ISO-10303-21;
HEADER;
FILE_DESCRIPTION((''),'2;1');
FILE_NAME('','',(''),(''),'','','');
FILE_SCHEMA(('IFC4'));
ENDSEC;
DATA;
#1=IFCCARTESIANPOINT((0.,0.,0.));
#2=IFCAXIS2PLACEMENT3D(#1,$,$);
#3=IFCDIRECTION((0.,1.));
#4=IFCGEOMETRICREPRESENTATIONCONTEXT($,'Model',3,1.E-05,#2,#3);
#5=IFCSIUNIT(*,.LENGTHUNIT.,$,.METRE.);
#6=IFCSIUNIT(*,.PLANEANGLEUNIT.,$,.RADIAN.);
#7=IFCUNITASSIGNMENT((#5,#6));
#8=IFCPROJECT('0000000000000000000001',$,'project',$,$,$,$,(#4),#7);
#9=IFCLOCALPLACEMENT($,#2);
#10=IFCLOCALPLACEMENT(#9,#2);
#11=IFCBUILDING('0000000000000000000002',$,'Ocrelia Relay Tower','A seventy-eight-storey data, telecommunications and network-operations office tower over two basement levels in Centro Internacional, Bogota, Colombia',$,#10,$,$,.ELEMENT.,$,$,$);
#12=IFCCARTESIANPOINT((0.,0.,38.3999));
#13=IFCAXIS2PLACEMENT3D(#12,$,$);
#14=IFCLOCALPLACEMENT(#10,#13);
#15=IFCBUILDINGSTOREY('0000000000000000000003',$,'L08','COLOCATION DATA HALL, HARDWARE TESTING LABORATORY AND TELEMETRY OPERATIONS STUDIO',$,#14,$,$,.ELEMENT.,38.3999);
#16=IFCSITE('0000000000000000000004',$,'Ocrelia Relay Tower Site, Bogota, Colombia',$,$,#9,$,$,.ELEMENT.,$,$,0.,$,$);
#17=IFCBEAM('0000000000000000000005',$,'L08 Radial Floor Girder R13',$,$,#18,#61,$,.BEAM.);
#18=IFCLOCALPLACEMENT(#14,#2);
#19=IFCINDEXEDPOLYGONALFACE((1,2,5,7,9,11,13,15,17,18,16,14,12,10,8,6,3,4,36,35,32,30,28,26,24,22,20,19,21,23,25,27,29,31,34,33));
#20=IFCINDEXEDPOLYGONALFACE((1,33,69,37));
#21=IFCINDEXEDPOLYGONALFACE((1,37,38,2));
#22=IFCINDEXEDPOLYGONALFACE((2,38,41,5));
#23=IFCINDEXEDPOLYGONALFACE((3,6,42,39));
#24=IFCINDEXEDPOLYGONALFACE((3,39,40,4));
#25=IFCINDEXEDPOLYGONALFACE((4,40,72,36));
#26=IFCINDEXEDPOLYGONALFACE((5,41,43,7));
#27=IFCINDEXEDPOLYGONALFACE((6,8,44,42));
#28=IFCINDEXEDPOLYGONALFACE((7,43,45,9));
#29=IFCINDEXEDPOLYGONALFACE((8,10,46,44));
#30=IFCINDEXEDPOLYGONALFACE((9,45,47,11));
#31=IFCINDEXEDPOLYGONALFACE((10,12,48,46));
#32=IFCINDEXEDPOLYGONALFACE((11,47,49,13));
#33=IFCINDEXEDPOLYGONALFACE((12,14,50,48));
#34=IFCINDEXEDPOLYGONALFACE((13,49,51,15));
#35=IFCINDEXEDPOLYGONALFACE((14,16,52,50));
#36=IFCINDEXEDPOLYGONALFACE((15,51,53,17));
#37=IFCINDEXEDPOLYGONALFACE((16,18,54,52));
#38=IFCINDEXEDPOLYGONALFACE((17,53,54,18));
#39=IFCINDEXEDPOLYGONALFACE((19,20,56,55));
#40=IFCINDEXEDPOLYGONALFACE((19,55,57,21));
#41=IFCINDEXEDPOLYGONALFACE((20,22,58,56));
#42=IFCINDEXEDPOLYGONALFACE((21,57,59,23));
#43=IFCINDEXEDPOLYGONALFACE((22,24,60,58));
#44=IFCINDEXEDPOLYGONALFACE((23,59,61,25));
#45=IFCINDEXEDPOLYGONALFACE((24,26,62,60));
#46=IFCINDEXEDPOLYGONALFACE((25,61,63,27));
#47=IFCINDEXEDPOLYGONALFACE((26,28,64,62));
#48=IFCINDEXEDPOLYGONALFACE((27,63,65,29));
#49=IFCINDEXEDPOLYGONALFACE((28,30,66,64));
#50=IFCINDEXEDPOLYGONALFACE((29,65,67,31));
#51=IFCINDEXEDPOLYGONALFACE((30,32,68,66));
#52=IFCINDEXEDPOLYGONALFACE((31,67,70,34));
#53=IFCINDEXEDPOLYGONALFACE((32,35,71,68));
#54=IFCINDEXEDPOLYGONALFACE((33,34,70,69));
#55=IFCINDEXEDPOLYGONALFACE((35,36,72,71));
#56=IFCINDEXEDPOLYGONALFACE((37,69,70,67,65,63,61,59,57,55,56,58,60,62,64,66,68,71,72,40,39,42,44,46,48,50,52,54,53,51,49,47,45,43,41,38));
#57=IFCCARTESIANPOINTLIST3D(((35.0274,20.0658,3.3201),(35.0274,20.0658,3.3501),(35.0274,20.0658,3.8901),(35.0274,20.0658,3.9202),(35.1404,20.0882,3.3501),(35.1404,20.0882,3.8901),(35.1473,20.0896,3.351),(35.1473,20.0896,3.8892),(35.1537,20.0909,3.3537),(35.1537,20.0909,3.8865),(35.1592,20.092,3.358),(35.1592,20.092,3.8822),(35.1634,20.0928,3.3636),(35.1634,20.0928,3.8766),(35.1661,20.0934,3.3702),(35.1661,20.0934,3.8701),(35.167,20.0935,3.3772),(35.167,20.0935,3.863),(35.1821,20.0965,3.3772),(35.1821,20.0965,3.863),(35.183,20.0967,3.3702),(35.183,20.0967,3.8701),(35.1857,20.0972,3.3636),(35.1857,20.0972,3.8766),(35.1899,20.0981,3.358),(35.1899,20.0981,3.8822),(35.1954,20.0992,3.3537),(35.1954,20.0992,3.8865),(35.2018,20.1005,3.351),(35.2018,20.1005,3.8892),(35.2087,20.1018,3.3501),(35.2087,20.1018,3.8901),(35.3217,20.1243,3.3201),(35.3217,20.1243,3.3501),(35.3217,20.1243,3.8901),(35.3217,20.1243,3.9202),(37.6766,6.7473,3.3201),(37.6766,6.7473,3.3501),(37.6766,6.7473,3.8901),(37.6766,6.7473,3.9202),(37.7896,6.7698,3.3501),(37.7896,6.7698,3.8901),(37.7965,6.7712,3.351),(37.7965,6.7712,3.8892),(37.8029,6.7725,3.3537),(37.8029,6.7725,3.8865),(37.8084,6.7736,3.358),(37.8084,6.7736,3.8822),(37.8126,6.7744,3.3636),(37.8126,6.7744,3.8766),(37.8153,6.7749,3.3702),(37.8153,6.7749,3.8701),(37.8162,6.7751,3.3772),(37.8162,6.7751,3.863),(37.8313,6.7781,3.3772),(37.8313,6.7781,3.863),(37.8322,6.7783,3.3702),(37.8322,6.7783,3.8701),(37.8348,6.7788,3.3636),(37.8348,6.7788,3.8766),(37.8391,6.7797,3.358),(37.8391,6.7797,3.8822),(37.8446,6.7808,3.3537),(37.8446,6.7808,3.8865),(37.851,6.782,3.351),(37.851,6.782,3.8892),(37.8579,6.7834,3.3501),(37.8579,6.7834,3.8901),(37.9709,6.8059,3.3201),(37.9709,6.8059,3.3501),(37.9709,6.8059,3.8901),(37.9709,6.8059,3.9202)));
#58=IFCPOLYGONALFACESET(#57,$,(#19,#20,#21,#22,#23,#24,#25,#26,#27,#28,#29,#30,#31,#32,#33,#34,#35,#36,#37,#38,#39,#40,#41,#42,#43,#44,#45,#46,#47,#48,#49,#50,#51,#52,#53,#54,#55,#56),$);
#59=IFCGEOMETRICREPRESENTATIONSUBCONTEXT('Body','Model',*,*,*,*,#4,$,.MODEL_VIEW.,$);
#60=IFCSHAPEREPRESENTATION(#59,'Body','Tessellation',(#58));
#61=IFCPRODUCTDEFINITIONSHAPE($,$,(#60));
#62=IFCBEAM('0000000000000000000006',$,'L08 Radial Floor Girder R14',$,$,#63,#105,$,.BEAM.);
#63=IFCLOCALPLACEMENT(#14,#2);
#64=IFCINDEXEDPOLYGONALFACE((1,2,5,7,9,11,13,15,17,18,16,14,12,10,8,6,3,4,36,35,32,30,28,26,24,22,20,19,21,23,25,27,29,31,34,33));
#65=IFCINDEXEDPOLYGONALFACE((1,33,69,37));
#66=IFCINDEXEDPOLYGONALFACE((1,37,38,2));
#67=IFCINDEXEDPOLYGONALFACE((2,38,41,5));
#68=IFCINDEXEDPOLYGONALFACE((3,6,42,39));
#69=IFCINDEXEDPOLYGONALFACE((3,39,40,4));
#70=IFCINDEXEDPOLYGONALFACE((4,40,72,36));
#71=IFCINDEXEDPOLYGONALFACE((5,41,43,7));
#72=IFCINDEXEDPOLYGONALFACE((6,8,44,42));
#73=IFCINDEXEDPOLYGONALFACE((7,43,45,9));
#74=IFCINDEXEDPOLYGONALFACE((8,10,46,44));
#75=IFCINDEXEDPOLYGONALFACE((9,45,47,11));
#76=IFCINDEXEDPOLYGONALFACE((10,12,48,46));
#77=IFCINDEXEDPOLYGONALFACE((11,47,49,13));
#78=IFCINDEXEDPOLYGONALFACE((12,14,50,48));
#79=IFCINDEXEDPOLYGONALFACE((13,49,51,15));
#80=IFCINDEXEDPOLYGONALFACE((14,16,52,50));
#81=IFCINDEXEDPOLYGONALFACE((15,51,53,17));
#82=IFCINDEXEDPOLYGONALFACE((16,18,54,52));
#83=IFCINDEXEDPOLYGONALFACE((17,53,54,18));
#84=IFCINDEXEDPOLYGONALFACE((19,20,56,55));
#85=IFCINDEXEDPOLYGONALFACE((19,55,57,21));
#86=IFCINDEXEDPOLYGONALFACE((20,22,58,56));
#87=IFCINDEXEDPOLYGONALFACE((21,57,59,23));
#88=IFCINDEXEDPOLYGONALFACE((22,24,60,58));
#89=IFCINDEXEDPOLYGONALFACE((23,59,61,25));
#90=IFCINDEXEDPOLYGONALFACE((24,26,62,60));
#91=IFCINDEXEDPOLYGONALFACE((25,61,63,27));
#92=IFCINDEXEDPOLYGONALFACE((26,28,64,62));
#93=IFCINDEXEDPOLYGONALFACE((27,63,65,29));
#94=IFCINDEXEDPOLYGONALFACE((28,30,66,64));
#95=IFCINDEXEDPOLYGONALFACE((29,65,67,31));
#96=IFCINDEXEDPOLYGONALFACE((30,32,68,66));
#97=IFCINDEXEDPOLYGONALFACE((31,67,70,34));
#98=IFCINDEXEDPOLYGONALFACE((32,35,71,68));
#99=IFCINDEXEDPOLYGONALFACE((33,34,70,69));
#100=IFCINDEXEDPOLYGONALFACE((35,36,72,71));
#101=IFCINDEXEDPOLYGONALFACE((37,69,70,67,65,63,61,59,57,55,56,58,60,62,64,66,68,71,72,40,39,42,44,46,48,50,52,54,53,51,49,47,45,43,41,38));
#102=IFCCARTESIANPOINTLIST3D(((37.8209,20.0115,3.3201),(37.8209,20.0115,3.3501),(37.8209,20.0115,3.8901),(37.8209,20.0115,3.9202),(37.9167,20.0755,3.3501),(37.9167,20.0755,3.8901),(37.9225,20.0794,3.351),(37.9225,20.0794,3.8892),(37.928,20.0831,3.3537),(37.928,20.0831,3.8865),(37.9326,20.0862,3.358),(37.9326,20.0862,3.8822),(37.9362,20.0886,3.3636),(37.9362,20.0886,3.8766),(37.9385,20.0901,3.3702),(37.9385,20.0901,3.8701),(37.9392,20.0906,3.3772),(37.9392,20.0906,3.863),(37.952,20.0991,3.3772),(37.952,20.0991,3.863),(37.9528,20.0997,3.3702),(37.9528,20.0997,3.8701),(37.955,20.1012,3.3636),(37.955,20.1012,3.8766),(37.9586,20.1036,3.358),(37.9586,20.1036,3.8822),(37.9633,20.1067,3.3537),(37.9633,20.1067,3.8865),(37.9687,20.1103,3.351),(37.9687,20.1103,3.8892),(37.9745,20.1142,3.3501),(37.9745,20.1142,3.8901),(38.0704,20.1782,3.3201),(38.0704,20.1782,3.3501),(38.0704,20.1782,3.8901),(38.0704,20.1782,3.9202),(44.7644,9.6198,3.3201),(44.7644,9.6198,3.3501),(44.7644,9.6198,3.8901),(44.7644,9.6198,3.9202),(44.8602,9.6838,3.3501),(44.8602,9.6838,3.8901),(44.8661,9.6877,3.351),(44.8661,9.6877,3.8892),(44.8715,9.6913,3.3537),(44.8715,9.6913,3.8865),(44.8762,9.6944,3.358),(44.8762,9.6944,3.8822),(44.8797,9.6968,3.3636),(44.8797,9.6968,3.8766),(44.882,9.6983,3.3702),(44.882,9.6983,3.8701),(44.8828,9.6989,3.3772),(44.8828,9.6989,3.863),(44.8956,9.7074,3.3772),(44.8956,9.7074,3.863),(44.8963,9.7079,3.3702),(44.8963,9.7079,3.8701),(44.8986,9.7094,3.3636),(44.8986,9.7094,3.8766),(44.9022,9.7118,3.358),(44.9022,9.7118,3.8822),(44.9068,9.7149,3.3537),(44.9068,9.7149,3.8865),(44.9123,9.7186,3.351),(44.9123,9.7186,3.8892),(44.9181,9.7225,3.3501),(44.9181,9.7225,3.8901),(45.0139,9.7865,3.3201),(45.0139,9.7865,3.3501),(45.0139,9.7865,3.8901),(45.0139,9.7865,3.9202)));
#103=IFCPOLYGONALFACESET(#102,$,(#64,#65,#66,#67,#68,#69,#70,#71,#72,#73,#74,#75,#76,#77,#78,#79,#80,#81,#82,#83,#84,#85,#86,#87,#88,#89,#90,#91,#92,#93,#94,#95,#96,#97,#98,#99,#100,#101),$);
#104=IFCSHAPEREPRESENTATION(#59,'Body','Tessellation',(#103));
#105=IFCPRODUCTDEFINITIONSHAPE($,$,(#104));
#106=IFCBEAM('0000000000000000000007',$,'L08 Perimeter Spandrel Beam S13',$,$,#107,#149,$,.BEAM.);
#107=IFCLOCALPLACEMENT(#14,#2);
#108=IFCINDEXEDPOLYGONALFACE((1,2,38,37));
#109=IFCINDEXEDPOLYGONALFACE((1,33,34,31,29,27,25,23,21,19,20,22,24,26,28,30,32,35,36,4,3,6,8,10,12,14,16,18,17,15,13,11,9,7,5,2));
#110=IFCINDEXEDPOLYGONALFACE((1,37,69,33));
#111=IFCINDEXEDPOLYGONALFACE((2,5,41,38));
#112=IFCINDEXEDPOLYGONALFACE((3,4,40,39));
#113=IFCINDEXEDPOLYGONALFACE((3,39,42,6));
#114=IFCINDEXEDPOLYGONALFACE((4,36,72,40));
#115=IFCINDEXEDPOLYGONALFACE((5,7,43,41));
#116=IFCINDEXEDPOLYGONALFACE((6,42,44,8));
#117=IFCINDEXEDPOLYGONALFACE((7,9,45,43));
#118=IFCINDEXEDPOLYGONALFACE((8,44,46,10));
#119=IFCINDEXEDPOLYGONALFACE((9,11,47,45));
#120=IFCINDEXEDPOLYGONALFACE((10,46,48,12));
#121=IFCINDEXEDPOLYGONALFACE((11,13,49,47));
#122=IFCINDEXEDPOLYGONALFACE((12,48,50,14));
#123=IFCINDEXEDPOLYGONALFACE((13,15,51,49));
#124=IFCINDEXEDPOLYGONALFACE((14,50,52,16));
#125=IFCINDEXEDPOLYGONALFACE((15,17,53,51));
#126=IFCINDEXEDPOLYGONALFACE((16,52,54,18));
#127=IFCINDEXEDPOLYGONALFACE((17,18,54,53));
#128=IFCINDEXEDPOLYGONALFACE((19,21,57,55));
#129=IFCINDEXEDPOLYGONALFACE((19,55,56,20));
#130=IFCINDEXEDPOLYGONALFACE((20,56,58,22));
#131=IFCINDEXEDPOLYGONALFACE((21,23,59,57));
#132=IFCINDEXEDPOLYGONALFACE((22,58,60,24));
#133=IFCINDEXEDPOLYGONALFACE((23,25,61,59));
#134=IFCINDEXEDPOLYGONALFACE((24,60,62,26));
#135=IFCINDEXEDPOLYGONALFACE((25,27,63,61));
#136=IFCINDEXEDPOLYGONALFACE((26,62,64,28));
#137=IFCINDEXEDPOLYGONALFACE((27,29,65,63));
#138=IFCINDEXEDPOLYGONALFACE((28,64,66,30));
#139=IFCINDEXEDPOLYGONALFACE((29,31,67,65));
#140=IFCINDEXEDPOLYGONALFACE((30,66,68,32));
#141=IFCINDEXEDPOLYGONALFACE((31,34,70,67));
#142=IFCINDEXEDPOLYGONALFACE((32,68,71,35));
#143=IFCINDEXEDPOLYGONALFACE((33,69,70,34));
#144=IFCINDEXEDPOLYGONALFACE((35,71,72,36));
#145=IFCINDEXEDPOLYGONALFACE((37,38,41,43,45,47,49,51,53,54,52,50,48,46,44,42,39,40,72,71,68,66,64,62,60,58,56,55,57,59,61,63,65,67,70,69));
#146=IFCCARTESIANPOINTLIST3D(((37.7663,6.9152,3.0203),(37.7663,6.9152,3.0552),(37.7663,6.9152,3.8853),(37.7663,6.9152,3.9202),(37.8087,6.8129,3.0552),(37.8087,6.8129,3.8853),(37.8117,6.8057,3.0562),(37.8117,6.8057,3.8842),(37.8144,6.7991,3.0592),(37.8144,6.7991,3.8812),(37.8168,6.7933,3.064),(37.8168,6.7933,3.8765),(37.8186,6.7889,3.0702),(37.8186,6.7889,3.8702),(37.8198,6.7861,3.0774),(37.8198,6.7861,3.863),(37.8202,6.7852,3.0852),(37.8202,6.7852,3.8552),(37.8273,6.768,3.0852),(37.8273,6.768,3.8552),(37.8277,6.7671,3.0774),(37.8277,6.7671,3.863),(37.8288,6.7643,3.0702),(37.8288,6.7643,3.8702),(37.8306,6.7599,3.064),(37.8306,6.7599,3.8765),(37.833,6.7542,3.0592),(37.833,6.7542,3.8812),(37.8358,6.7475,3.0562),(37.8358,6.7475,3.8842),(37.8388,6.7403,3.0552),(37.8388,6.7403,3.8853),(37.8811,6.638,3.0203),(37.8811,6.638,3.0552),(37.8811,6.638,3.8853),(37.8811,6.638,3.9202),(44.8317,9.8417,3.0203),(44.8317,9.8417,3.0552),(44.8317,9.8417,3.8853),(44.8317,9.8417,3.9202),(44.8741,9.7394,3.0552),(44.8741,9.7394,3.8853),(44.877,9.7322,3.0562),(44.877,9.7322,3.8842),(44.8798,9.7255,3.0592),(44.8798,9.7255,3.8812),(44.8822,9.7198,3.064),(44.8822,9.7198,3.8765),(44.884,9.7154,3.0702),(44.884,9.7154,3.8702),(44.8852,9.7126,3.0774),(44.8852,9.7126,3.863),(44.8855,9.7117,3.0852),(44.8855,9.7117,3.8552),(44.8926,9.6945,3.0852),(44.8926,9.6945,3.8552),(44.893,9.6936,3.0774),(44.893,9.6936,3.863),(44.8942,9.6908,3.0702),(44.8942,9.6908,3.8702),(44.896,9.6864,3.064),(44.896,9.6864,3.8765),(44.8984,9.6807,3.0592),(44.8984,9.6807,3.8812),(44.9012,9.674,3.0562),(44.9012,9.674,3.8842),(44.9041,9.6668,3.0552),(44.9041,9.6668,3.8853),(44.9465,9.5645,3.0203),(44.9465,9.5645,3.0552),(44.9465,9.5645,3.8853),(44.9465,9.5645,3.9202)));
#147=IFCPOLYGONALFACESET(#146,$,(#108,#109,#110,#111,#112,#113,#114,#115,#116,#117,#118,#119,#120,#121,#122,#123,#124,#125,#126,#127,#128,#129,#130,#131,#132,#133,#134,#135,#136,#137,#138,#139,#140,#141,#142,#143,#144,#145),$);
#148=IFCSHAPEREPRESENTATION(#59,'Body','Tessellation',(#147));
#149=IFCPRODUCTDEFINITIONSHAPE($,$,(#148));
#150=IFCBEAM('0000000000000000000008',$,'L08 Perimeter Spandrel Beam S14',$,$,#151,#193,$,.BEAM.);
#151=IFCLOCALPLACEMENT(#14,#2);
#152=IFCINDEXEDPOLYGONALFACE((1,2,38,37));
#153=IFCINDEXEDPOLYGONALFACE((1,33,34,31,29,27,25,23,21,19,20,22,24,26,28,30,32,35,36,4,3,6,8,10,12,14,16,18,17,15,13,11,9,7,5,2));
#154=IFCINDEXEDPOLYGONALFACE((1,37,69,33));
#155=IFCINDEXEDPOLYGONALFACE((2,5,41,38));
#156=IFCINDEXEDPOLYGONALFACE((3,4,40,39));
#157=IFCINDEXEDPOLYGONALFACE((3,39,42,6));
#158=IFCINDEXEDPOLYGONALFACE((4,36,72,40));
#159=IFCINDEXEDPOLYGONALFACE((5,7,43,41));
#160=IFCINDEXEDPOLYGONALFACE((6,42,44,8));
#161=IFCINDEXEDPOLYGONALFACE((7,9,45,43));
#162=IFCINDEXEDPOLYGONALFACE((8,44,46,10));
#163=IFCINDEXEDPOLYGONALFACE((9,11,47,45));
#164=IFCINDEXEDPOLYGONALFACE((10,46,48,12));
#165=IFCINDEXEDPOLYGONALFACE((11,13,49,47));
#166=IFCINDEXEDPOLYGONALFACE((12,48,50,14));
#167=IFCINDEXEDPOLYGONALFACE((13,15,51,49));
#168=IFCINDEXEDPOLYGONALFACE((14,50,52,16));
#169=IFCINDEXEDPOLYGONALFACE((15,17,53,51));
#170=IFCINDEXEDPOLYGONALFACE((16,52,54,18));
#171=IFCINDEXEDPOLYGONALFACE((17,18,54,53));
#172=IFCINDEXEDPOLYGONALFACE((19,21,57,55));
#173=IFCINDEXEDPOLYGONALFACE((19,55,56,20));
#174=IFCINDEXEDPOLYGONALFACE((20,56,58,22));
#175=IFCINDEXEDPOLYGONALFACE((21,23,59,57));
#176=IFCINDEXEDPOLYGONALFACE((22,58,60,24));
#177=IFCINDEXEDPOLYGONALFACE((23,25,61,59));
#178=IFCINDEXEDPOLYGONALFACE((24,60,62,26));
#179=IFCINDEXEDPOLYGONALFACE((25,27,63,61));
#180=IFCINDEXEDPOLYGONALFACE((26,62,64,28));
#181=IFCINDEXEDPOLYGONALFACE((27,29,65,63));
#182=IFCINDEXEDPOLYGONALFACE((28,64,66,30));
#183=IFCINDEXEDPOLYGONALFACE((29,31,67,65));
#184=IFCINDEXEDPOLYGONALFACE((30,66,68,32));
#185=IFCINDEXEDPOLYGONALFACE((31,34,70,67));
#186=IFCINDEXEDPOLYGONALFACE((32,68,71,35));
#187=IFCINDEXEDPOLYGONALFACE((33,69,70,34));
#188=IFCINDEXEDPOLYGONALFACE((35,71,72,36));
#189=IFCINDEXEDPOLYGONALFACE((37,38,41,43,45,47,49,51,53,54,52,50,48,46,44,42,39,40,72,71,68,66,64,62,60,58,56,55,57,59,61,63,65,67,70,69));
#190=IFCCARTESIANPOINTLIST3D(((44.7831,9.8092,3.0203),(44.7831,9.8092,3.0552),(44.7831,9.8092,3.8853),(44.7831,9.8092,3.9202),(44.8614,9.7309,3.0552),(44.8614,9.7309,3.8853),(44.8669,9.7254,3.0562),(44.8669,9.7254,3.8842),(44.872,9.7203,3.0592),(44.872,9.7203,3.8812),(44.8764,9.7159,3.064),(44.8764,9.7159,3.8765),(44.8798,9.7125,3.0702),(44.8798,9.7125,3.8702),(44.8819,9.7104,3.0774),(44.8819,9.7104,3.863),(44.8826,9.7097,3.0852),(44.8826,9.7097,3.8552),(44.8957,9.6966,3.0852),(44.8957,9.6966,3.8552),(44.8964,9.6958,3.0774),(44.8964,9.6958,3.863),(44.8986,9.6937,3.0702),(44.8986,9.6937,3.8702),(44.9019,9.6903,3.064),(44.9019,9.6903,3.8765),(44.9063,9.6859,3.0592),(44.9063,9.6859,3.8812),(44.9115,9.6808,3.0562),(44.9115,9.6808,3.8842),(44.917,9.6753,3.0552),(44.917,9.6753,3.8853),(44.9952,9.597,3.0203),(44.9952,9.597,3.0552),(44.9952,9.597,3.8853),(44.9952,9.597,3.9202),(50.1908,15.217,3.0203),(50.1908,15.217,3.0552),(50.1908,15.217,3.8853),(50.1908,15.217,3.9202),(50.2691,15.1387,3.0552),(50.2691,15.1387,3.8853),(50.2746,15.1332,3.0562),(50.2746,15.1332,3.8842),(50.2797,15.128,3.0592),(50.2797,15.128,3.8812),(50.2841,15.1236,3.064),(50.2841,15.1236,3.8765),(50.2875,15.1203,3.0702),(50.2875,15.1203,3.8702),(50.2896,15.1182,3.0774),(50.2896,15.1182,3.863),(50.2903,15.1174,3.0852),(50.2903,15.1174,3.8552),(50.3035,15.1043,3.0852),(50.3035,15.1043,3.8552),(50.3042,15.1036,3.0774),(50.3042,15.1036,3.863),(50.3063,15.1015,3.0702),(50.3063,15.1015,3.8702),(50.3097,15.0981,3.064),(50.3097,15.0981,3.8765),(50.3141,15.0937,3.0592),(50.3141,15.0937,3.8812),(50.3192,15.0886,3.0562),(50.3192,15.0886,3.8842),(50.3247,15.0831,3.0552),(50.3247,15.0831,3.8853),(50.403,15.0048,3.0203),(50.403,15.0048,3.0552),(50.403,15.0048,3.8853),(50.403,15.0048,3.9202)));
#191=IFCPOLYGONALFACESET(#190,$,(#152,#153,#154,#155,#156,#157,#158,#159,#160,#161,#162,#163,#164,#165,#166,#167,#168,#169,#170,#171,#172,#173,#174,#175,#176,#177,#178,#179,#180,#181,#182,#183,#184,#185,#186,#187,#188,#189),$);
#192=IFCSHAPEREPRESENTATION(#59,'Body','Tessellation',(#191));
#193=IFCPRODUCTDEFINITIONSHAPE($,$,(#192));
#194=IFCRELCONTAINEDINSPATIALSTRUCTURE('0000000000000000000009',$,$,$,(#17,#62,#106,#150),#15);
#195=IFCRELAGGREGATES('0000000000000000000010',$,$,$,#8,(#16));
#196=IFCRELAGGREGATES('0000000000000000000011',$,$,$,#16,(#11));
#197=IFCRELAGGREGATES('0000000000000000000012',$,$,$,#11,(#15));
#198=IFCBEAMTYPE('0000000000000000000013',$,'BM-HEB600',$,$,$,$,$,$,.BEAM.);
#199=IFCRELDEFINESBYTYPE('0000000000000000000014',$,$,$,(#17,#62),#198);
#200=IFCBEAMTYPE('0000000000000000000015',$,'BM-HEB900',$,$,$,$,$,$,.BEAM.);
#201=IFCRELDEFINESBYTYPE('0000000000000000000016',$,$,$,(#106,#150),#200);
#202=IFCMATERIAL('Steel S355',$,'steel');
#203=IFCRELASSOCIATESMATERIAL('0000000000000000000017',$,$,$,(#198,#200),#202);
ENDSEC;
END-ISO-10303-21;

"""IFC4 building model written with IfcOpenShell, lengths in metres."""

from ifc_helpers import new_model, si_unit, direction, frame, origin, origin_2d, place, context, subcontext, project, spatial, i_section, extrude, material, material_profile, profile_set, type_object, element, save


model = new_model("IFC4")

# Units and contexts
model_context = context("Model", 3, precision=1e-05, world=origin(), true_north=direction((0.0, 1.0)))
body_context = subcontext(model_context, "Body", "Model", "MODEL_VIEW")
ifc_project = project(units=[si_unit("LENGTHUNIT", "METRE"), si_unit("PLANEANGLEUNIT", "RADIAN")], contexts=[model_context])

# Site, building, storey
site_placement = place(None, origin())
site = spatial("IfcSite", under=ifc_project, at=site_placement, Name="Ocrelia Relay Tower Site, Bogota, Colombia", CompositionType="ELEMENT", RefElevation=0.0)
building_placement = place(site_placement, origin())
building = spatial("IfcBuilding", under=site, at=building_placement, Name="Ocrelia Relay Tower", Description="A seventy-eight-storey data, telecommunications and network-operations office tower over two basement levels in Centro Internacional, Bogota, Colombia", CompositionType="ELEMENT")
storey_placement = place(building_placement, frame((0.0, 0.0, 38.3999)))
storey = spatial("IfcBuildingStorey", under=building, at=storey_placement, Name="L08", Description="COLOCATION DATA HALL, HARDWARE TESTING LABORATORY AND TELEMETRY OPERATIONS STUDIO", CompositionType="ELEMENT", Elevation=38.3999)

# Beams
ifc_material_1 = material(Name="Steel S355", Category="steel")
ifc_material_profile_1 = material_profile(ifc_material_1, i_section(OverallWidth=0.3, OverallDepth=0.6001, WebThickness=0.0154, FlangeThickness=0.03, FilletRadius=0.0271, at=origin_2d()), Name="HEB 600")
ifc_profile_set_1 = profile_set([ifc_material_profile_1], Name="Steel S355")
beam_type_1 = type_object("IfcBeamType", Name="BM-HEB600", PredefinedType="BEAM", material=ifc_profile_set_1)
beam_1_placement = place(storey_placement, frame((37.8237, 6.7766, 3.6201), z_axis=(-0.195089, 0.980786, 0.0), x_axis=(-0.980786, -0.195089, 0.0)))
element("IfcBeam", 1, at=beam_1_placement, inside=storey, type_object=beam_type_1, Name="L08 Radial Floor Girder R13", PredefinedType="BEAM", context=body_context, shape_type="SweptSolid", body=[
    extrude(i_section(OverallWidth=0.3, OverallDepth=0.6001, WebThickness=0.0154, FlangeThickness=0.03, FilletRadius=0.0271, at=origin_2d()), origin(), (0.0, 0.0, 1.0), 13.5793),
])
beam_2_placement = place(storey_placement, frame((44.8892, 9.7031, 3.6201), z_axis=(-0.55557, 0.83147, 0.0), x_axis=(-0.83147, -0.55557, 0.0)))
element("IfcBeam", 2, at=beam_2_placement, inside=storey, type_object=beam_type_1, Name="L08 Radial Floor Girder R14", PredefinedType="BEAM", context=body_context, shape_type="SweptSolid", body=[
    extrude(i_section(OverallWidth=0.3, OverallDepth=0.6001, WebThickness=0.0154, FlangeThickness=0.03, FilletRadius=0.0271, at=origin_2d()), origin(), (0.0, 0.0, 1.0), 12.498),
])
ifc_material_profile_2 = material_profile(ifc_material_1, i_section(OverallWidth=0.3, OverallDepth=0.8999, WebThickness=0.0186, FlangeThickness=0.0349, FilletRadius=0.03, at=origin_2d()), Name="HEB 900")
ifc_profile_set_2 = profile_set([ifc_material_profile_2], Name="Steel S355")
beam_type_2 = type_object("IfcBeamType", Name="BM-HEB900", PredefinedType="BEAM", material=ifc_profile_set_2)
beam_3_placement = place(storey_placement, frame((37.8237, 6.7766, 3.4702), z_axis=(0.923883, 0.382674, 0.0), x_axis=(-0.382674, 0.923883, 0.0)))
element("IfcBeam", 3, at=beam_3_placement, inside=storey, type_object=beam_type_2, Name="L08 Perimeter Spandrel Beam S13", PredefinedType="BEAM", context=body_context, shape_type="SweptSolid", body=[
    extrude(i_section(OverallWidth=0.3, OverallDepth=0.8999, WebThickness=0.0186, FlangeThickness=0.0349, FilletRadius=0.03, at=origin_2d()), origin(), (0.0, 0.0, 1.0), 7.6475),
])
beam_4_placement = place(storey_placement, frame((44.8892, 9.7031, 3.4702), z_axis=(0.707107, 0.707107, 0.0), x_axis=(-0.707107, 0.707107, 0.0)))
element("IfcBeam", 4, at=beam_4_placement, inside=storey, type_object=beam_type_2, Name="L08 Perimeter Spandrel Beam S14", PredefinedType="BEAM", context=body_context, shape_type="SweptSolid", body=[
    extrude(i_section(OverallWidth=0.3, OverallDepth=0.8999, WebThickness=0.0186, FlangeThickness=0.0349, FilletRadius=0.03, at=origin_2d()), origin(), (0.0, 0.0, 1.0), 7.6477),
])

save(model, "model.ifc")
